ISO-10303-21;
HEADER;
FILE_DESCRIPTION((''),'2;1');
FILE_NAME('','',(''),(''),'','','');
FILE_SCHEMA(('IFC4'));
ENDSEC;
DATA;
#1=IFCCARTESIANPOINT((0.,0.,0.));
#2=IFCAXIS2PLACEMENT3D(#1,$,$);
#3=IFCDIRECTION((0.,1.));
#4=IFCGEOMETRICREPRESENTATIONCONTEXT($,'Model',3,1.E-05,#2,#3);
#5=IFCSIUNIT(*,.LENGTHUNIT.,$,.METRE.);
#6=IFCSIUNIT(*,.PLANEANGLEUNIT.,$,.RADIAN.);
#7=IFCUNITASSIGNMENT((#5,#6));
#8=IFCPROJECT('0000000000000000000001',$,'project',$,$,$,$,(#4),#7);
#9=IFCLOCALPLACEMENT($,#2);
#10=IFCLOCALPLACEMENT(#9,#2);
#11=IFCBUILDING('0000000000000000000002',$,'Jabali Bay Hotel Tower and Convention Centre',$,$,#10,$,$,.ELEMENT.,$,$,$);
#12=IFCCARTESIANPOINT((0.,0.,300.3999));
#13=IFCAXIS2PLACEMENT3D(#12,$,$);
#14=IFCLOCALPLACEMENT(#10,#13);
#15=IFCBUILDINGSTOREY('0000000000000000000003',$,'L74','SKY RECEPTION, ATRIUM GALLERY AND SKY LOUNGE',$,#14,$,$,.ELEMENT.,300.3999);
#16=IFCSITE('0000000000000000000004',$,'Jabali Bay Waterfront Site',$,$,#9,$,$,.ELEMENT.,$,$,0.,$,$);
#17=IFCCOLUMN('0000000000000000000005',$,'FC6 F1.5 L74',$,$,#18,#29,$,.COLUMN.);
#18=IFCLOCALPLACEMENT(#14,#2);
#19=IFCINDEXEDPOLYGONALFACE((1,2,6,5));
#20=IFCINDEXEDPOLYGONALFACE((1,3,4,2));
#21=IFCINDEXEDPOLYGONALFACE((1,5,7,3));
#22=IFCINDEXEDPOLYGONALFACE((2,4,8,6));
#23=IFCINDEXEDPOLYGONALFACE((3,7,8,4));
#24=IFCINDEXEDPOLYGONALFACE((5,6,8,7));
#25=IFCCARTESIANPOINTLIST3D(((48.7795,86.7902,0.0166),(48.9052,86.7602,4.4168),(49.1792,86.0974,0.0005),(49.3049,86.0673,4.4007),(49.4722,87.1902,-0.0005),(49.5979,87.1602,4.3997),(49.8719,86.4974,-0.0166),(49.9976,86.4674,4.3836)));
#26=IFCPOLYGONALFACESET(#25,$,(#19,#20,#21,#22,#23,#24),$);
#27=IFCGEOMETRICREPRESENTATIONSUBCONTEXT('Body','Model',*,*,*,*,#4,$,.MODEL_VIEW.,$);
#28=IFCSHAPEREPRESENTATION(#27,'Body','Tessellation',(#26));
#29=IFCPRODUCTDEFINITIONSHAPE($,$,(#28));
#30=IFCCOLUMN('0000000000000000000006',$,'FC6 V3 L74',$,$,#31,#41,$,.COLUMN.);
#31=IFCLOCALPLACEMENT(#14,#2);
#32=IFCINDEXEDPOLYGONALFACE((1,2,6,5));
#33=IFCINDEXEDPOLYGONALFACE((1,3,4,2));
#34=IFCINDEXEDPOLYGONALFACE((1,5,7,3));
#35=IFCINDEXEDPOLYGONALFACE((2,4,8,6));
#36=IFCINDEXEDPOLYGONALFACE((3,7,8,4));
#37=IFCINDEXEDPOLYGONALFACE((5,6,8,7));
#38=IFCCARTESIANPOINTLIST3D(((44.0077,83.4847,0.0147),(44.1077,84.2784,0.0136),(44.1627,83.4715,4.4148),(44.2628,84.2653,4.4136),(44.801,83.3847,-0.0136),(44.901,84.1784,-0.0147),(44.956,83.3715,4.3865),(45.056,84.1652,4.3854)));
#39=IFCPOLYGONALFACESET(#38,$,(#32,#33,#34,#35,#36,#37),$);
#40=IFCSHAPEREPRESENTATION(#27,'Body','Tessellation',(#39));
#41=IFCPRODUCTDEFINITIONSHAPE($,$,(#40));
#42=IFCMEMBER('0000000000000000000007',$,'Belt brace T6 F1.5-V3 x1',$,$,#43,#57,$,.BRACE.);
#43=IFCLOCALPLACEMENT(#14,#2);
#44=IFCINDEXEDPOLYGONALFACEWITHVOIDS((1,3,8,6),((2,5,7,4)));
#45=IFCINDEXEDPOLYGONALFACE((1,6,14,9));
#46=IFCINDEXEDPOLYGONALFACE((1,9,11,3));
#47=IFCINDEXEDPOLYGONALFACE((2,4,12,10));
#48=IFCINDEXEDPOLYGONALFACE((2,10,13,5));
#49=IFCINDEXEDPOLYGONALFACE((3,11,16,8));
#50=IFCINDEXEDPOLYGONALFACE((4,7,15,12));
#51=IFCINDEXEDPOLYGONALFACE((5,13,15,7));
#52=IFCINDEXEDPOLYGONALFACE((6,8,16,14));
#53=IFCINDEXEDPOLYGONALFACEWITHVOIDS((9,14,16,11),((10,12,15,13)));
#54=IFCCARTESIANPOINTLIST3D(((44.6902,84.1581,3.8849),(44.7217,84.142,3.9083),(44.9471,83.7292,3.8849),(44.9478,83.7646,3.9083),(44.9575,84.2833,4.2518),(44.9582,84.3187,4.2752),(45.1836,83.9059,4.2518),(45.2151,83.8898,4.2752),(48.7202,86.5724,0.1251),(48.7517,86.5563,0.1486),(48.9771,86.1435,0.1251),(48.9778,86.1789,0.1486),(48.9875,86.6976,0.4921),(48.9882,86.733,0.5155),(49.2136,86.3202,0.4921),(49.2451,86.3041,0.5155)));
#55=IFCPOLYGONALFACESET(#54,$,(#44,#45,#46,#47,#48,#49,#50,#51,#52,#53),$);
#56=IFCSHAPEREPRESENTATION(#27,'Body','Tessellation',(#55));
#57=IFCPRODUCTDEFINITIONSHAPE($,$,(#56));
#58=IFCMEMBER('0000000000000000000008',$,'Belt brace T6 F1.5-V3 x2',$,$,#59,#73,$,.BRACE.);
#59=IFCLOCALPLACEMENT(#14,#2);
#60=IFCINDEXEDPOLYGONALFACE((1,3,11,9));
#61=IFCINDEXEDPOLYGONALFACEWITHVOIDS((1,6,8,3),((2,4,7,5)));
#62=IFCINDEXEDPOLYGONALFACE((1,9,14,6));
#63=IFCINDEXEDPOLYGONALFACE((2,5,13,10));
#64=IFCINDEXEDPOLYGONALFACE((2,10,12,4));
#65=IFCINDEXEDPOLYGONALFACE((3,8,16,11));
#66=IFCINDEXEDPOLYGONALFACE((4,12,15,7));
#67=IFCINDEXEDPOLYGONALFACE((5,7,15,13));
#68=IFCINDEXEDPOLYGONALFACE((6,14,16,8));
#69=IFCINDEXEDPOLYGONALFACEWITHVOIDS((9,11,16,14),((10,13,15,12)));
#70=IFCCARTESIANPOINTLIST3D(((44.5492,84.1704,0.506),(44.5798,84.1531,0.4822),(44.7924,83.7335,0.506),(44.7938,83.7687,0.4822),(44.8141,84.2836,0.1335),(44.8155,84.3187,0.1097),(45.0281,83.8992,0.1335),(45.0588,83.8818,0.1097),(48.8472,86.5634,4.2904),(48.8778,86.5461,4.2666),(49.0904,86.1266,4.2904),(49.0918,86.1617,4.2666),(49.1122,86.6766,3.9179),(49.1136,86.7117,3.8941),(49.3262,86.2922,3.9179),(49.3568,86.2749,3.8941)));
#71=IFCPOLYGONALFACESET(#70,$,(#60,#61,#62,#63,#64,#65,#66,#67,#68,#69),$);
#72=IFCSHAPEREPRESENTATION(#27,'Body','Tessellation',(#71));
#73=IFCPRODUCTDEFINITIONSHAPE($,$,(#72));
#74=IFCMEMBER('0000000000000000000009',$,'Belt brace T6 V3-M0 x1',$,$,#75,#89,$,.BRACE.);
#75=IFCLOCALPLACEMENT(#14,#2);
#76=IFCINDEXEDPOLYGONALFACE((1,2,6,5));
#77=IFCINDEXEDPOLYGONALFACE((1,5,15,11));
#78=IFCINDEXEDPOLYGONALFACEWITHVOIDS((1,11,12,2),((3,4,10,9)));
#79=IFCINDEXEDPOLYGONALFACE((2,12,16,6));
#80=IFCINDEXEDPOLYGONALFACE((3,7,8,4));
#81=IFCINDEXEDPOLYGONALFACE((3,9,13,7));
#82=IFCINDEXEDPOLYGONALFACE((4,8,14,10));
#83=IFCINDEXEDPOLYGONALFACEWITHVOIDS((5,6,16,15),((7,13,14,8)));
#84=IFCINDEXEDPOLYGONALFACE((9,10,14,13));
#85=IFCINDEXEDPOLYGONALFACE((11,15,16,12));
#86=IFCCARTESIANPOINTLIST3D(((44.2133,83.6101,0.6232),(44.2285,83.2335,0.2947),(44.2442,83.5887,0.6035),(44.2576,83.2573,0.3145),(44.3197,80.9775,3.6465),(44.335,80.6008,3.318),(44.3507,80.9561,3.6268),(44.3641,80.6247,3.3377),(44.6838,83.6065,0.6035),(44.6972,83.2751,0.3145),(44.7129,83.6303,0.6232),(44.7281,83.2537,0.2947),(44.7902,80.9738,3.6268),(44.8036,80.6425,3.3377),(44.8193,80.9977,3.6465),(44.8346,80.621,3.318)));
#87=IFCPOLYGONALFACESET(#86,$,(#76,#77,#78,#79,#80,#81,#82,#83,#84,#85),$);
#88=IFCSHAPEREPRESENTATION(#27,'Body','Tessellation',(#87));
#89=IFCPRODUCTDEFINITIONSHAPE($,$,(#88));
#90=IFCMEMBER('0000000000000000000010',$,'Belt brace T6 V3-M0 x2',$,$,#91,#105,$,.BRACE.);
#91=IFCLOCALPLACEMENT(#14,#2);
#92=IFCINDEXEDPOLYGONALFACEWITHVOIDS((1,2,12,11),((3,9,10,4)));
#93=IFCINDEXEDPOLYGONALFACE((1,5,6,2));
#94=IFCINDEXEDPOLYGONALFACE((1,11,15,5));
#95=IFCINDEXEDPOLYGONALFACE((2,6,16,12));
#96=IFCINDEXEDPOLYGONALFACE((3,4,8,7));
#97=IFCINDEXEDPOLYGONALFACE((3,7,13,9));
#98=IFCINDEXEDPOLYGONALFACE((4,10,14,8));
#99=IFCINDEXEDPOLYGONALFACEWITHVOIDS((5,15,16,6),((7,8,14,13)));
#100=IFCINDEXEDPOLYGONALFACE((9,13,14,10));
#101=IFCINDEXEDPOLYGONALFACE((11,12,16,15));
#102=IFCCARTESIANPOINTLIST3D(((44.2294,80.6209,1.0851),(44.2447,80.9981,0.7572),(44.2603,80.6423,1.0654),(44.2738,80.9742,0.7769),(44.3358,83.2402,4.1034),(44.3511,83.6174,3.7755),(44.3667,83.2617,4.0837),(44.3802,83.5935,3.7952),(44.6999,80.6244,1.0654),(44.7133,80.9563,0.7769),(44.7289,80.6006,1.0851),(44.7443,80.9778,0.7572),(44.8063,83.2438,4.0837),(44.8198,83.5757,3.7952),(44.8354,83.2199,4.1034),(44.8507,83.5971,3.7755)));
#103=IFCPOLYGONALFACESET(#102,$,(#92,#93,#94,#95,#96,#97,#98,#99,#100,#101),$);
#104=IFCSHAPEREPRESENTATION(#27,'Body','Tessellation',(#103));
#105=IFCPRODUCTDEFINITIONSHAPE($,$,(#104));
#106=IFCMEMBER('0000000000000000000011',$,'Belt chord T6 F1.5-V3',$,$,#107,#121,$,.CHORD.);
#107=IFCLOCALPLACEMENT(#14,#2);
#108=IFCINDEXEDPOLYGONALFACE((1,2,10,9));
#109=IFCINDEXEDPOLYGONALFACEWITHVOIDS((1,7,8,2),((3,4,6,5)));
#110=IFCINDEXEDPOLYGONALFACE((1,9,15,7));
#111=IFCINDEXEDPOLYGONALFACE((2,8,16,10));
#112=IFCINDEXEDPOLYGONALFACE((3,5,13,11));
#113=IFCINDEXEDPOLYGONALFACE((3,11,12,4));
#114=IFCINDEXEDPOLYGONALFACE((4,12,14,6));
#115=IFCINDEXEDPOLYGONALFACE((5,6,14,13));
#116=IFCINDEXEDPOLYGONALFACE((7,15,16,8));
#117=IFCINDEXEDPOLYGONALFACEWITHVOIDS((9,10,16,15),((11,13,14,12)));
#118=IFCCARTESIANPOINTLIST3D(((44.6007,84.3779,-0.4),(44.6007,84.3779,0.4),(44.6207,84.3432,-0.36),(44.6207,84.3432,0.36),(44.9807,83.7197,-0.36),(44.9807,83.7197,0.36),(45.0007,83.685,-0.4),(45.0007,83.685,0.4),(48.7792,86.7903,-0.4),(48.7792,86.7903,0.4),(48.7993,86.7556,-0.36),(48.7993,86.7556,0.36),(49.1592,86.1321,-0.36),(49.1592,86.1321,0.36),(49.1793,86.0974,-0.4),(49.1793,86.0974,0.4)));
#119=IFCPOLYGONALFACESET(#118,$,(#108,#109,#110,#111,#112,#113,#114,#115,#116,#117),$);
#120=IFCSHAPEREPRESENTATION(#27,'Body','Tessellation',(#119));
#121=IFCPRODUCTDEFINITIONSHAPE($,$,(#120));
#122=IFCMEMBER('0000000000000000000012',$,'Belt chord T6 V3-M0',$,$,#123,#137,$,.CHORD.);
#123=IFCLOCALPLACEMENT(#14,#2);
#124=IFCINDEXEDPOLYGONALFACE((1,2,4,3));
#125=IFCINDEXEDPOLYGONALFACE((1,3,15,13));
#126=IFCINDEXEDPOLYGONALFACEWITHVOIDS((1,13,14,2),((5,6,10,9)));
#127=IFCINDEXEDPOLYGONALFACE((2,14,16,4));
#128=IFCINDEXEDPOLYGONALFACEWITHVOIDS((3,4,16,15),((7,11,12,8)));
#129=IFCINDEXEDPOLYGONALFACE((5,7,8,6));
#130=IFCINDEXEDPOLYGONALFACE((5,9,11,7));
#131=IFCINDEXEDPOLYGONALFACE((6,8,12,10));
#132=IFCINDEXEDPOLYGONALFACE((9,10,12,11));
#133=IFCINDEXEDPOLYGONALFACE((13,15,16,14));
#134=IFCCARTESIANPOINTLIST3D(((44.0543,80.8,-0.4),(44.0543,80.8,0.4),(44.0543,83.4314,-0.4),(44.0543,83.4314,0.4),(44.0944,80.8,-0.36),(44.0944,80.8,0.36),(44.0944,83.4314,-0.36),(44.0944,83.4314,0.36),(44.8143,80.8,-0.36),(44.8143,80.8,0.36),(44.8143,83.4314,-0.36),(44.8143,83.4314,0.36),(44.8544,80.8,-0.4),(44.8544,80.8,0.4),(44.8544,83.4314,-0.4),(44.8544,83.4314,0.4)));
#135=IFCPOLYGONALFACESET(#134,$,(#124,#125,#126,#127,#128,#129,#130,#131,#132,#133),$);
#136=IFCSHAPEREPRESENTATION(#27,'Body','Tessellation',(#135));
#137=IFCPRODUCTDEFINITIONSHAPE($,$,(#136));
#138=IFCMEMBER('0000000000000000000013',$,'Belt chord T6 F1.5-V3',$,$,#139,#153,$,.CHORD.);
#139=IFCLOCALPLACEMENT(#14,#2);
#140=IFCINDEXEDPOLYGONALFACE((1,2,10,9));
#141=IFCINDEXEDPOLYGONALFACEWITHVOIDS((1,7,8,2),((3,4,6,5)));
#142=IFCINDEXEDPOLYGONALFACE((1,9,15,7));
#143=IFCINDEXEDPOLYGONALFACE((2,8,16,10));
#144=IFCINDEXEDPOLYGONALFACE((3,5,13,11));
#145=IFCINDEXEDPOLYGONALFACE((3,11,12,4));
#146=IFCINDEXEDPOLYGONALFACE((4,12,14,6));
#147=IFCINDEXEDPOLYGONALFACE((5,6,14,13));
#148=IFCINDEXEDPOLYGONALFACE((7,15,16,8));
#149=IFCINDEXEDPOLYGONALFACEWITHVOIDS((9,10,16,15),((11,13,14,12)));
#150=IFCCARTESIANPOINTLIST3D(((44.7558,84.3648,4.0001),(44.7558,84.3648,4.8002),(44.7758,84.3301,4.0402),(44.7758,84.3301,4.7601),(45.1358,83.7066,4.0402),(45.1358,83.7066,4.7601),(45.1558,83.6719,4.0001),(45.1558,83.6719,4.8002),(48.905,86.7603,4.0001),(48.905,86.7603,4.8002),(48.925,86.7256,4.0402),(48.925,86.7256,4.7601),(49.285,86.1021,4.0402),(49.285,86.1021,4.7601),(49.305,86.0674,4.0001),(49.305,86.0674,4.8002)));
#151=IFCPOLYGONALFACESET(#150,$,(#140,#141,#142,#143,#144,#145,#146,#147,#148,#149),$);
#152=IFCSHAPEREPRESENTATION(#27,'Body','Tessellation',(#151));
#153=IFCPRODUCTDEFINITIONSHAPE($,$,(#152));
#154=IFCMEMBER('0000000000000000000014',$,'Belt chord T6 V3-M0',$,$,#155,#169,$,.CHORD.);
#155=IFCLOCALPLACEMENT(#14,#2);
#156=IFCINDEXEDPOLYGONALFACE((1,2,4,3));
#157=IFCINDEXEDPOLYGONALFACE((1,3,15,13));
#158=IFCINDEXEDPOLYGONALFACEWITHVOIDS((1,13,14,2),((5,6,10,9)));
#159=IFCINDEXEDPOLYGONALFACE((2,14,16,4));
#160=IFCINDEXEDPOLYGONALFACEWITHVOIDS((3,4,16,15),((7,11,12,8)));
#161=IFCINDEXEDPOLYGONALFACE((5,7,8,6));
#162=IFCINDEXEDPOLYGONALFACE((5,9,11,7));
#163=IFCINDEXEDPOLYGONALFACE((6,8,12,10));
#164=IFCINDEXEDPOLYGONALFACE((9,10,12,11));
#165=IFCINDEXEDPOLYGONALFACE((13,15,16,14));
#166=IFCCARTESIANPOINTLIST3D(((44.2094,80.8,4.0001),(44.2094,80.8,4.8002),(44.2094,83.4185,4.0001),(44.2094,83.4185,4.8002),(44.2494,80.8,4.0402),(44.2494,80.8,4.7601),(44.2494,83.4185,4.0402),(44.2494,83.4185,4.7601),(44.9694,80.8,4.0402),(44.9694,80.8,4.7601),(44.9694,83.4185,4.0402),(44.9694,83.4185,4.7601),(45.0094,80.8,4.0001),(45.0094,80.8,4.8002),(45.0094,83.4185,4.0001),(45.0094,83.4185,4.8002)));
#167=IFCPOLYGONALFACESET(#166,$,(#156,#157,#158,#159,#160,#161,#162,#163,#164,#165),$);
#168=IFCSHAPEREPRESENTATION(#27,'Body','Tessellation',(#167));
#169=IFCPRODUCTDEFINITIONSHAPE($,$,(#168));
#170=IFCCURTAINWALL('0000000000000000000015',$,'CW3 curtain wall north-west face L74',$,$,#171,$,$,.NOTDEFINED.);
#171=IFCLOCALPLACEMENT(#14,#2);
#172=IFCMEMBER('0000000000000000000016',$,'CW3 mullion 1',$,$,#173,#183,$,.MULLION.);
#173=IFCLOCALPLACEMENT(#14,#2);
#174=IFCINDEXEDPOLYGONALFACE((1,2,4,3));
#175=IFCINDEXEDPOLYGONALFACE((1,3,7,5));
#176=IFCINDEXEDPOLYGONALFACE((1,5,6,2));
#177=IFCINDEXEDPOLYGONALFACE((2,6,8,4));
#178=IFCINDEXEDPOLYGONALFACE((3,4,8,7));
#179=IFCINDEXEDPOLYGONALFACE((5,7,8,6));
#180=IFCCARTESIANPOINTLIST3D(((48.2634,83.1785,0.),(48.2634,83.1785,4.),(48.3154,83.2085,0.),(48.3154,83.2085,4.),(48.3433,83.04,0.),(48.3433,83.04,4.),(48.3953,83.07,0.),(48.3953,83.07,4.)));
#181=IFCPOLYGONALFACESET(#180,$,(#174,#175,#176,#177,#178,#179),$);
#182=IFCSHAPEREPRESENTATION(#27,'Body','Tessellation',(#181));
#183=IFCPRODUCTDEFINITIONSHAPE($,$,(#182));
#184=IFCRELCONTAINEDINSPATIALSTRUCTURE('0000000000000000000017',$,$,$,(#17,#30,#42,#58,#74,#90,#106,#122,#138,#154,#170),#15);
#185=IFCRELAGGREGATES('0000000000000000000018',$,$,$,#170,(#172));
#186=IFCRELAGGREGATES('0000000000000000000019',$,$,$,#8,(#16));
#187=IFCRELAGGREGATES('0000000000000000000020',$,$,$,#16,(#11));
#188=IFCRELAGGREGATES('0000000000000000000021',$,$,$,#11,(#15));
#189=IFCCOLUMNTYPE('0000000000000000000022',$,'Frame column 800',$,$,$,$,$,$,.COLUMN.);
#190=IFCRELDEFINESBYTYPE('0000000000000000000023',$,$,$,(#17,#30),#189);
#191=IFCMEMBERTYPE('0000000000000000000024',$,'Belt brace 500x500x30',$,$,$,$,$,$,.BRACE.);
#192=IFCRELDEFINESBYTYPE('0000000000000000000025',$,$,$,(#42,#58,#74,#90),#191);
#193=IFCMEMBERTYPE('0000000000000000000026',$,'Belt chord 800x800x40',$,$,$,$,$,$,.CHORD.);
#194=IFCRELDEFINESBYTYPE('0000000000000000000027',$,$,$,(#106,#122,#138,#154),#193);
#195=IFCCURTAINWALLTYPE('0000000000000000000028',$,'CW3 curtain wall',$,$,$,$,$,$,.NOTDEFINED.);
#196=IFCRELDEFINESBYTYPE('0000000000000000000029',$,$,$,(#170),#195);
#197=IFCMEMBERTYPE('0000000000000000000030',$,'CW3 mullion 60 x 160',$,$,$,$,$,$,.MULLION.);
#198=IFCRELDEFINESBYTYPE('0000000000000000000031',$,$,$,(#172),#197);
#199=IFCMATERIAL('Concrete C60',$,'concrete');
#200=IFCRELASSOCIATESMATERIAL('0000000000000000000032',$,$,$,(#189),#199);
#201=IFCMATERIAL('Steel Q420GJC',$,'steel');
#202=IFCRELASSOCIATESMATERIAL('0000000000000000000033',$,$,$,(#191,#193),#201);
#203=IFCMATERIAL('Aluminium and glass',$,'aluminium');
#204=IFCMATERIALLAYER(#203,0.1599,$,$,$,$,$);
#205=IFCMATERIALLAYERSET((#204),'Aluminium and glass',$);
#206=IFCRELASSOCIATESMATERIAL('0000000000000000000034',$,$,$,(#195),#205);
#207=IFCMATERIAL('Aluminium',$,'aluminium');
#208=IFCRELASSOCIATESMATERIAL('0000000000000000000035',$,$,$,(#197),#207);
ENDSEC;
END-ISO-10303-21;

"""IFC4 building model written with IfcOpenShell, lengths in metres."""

from ifc_helpers import new_model, si_unit, direction, frame, origin, origin_2d, place, context, subcontext, project, spatial, rectangle, hollow_rectangle, extrude, material, layer, layer_set, material_profile, profile_set, type_object, element, aggregate, save


model = new_model("IFC4")

# Units and contexts
model_context = context("Model", 3, precision=1e-05, world=origin(), true_north=direction((0.0, 1.0)))
body_context = subcontext(model_context, "Body", "Model", "MODEL_VIEW")
ifc_project = project(units=[si_unit("LENGTHUNIT", "METRE"), si_unit("PLANEANGLEUNIT", "RADIAN")], contexts=[model_context])

# Site, building, storey
site_placement = place(None, origin())
site = spatial("IfcSite", under=ifc_project, at=site_placement, Name="Jabali Bay Waterfront Site", CompositionType="ELEMENT", RefElevation=0.0)
building_placement = place(site_placement, origin())
building = spatial("IfcBuilding", under=site, at=building_placement, Name="Jabali Bay Hotel Tower and Convention Centre", CompositionType="ELEMENT")
storey_placement = place(building_placement, frame((0.0, 0.0, 300.3999)))
storey = spatial("IfcBuildingStorey", under=building, at=storey_placement, Name="L74", Description="SKY RECEPTION, ATRIUM GALLERY AND SKY LOUNGE", CompositionType="ELEMENT", Elevation=300.3999)

# Columns
ifc_material_1 = material(Name="Concrete C60", Category="concrete")
ifc_material_profile_1 = material_profile(ifc_material_1, rectangle(XDim=0.8, YDim=0.8, at=origin_2d()), Name="Frame column 800")
ifc_profile_set_1 = profile_set([ifc_material_profile_1], Name="Concrete C60")
column_type = type_object("IfcColumnType", Name="Frame column 800", PredefinedType="COLUMN", material=ifc_profile_set_1)
column_1_placement = place(storey_placement, frame((49.3257, 86.6438, 0.0), z_axis=(0.028562, -0.006822, 0.999569), x_axis=(-0.499624, 0.866007, 0.020187)))
element("IfcColumn", 1, at=column_1_placement, inside=storey, type_object=column_type, Name="FC6 F1.5 L74", PredefinedType="COLUMN", context=body_context, shape_type="SweptSolid", body=[
    extrude(rectangle(XDim=0.8, YDim=0.8, at=origin_2d()), origin(), (0.0, 0.0, 1.0), 4.4021),
])
column_2_placement = place(storey_placement, frame((44.4543, 83.8315, 0.0), z_axis=(0.035211, -0.002994, 0.999375), x_axis=(-0.991527, 0.125008, 0.035309)))
element("IfcColumn", 2, at=column_2_placement, inside=storey, type_object=column_type, Name="FC6 V3 L74", PredefinedType="COLUMN", context=body_context, shape_type="SweptSolid", body=[
    extrude(rectangle(XDim=0.8, YDim=0.8, at=origin_2d()), origin(), (0.0, 0.0, 1.0), 4.4028),
])

# Members
ifc_material_2 = material(Name="Steel Q420GJC", Category="steel")
ifc_material_profile_2 = material_profile(ifc_material_2, hollow_rectangle(XDim=0.5, YDim=0.5, WallThickness=0.03, at=origin_2d()), Name="Belt brace 500x500x30")
ifc_profile_set_2 = profile_set([ifc_material_profile_2], Name="Steel Q420GJC")
member_type_1 = type_object("IfcMemberType", Name="Belt brace 500x500x30", PredefinedType="BRACE", material=ifc_profile_set_2)
member_1_placement = place(storey_placement, frame((48.9827, 86.4382, 0.3203), z_axis=(-0.669759, -0.401239, 0.624844), x_axis=(0.513915, -0.857841, 0.0)))
element("IfcMember", 3, at=member_1_placement, inside=storey, type_object=member_type_1, Name="Belt brace T6 F1.5-V3 x1", PredefinedType="BRACE", context=body_context, shape_type="SweptSolid", body=[
    extrude(hollow_rectangle(XDim=0.5, YDim=0.5, WallThickness=0.03, at=origin_2d()), origin(), (0.0, 0.0, 1.0), 6.0171),
])
member_2_placement = place(storey_placement, frame((44.804, 84.0261, 0.3079), z_axis=(0.692501, 0.385566, 0.609739), x_axis=(-0.486456, 0.873705, 0.0)))
element("IfcMember", 4, at=member_2_placement, inside=storey, type_object=member_type_1, Name="Belt brace T6 F1.5-V3 x2", PredefinedType="BRACE", context=body_context, shape_type="SweptSolid", body=[
    extrude(hollow_rectangle(XDim=0.5, YDim=0.5, WallThickness=0.03, at=origin_2d()), origin(), (0.0, 0.0, 1.0), 6.2065),
])
member_3_placement = place(storey_placement, frame((44.4707, 83.4319, 0.459), z_axis=(0.026544, -0.656473, 0.753882), x_axis=(0.999184, 0.040401, 0.0)))
element("IfcMember", 5, at=member_3_placement, inside=storey, type_object=member_type_1, Name="Belt brace T6 V3-M0 x1", PredefinedType="BRACE", context=body_context, shape_type="SweptSolid", body=[
    extrude(hollow_rectangle(XDim=0.5, YDim=0.5, WallThickness=0.03, at=origin_2d()), origin(), (0.0, 0.0, 1.0), 4.0103),
])
member_4_placement = place(storey_placement, frame((44.4868, 80.7993, 0.9211), z_axis=(0.026626, 0.6552, 0.754986), x_axis=(-0.999175, 0.040604, 0.0)))
element("IfcMember", 6, at=member_4_placement, inside=storey, type_object=member_type_1, Name="Belt brace T6 V3-M0 x2", PredefinedType="BRACE", context=body_context, shape_type="SweptSolid", body=[
    extrude(hollow_rectangle(XDim=0.5, YDim=0.5, WallThickness=0.03, at=origin_2d()), origin(), (0.0, 0.0, 1.0), 3.9978),
])
ifc_material_profile_3 = material_profile(ifc_material_2, hollow_rectangle(XDim=0.8, YDim=0.8, WallThickness=0.04, at=origin_2d()), Name="Belt chord 800x800x40")
ifc_profile_set_3 = profile_set([ifc_material_profile_3], Name="Steel Q420GJC")
member_type_2 = type_object("IfcMemberType", Name="Belt chord 800x800x40", PredefinedType="CHORD", material=ifc_profile_set_3)
member_5_placement = place(storey_placement, frame((48.9792, 86.4438, 0.0), z_axis=(-0.866033, -0.499987, 0.0), x_axis=(0.499987, -0.866033, 0.0)))
element("IfcMember", 7, at=member_5_placement, inside=storey, type_object=member_type_2, Name="Belt chord T6 F1.5-V3", PredefinedType="CHORD", context=body_context, shape_type="SweptSolid", body=[
    extrude(hollow_rectangle(XDim=0.8, YDim=0.8, WallThickness=0.04, at=origin_2d()), origin(), (0.0, 0.0, 1.0), 4.825),
])
member_6_placement = place(storey_placement, frame((44.4543, 83.4314, 0.0), z_axis=(0.0, -1.0, 0.0), x_axis=(1.0, 0.0, 0.0)))
element("IfcMember", 8, at=member_6_placement, inside=storey, type_object=member_type_2, Name="Belt chord T6 V3-M0", PredefinedType="CHORD", context=body_context, shape_type="SweptSolid", body=[
    extrude(hollow_rectangle(XDim=0.8, YDim=0.8, WallThickness=0.04, at=origin_2d()), origin(), (0.0, 0.0, 1.0), 2.6313),
])
member_7_placement = place(storey_placement, frame((49.105, 86.4138, 4.4001), z_axis=(-0.866027, -0.499997, 0.0), x_axis=(0.499997, -0.866027, 0.0)))
element("IfcMember", 9, at=member_7_placement, inside=storey, type_object=member_type_2, Name="Belt chord T6 F1.5-V3", PredefinedType="CHORD", context=body_context, shape_type="SweptSolid", body=[
    extrude(hollow_rectangle(XDim=0.8, YDim=0.8, WallThickness=0.04, at=origin_2d()), origin(), (0.0, 0.0, 1.0), 4.791),
])
member_8_placement = place(storey_placement, frame((44.6094, 83.4185, 4.4001), z_axis=(0.0, -1.0, 0.0), x_axis=(1.0, 0.0, 0.0)))
element("IfcMember", 10, at=member_8_placement, inside=storey, type_object=member_type_2, Name="Belt chord T6 V3-M0", PredefinedType="CHORD", context=body_context, shape_type="SweptSolid", body=[
    extrude(hollow_rectangle(XDim=0.8, YDim=0.8, WallThickness=0.04, at=origin_2d()), origin(), (0.0, 0.0, 1.0), 2.6184),
])

# Curtain wall, member
ifc_material_3 = material(Name="Aluminium and glass", Category="aluminium")
ifc_layer_1 = layer(ifc_material_3, 0.1599)
ifc_layer_set_1 = layer_set([ifc_layer_1], Name="Aluminium and glass")
curtain_wall_type = type_object("IfcCurtainWallType", Name="CW3 curtain wall", PredefinedType="NOTDEFINED", material=ifc_layer_set_1)
curtain_wall_placement = place(storey_placement, origin())
curtain_wall = element("IfcCurtainWall", 11, at=curtain_wall_placement, inside=storey, type_object=curtain_wall_type, Name="CW3 curtain wall north-west face L74", PredefinedType="NOTDEFINED")
ifc_material_4 = material(Name="Aluminium", Category="aluminium")
ifc_material_profile_4 = material_profile(ifc_material_4, rectangle(XDim=0.1599, YDim=0.0601, at=origin_2d()), Name="CW3 mullion 60 x 160")
ifc_profile_set_4 = profile_set([ifc_material_profile_4], Name="Aluminium")
member_type_3 = type_object("IfcMemberType", Name="CW3 mullion 60 x 160", PredefinedType="MULLION", material=ifc_profile_set_4)
member_9_placement = place(storey_placement, frame((48.3293, 83.1243, 0.0), z_axis=(0.0, 0.0, 1.0), x_axis=(-0.5, 0.866025, 0.0)))
member_9 = element("IfcMember", 12, at=member_9_placement, type_object=member_type_3, Name="CW3 mullion 1", PredefinedType="MULLION", context=body_context, shape_type="SweptSolid", body=[
    extrude(rectangle(XDim=0.1599, YDim=0.0601, at=origin_2d()), origin(), (0.0, 0.0, 1.0), 4.0),
])
aggregate(curtain_wall, [member_9])

save(model, "model.ifc")
